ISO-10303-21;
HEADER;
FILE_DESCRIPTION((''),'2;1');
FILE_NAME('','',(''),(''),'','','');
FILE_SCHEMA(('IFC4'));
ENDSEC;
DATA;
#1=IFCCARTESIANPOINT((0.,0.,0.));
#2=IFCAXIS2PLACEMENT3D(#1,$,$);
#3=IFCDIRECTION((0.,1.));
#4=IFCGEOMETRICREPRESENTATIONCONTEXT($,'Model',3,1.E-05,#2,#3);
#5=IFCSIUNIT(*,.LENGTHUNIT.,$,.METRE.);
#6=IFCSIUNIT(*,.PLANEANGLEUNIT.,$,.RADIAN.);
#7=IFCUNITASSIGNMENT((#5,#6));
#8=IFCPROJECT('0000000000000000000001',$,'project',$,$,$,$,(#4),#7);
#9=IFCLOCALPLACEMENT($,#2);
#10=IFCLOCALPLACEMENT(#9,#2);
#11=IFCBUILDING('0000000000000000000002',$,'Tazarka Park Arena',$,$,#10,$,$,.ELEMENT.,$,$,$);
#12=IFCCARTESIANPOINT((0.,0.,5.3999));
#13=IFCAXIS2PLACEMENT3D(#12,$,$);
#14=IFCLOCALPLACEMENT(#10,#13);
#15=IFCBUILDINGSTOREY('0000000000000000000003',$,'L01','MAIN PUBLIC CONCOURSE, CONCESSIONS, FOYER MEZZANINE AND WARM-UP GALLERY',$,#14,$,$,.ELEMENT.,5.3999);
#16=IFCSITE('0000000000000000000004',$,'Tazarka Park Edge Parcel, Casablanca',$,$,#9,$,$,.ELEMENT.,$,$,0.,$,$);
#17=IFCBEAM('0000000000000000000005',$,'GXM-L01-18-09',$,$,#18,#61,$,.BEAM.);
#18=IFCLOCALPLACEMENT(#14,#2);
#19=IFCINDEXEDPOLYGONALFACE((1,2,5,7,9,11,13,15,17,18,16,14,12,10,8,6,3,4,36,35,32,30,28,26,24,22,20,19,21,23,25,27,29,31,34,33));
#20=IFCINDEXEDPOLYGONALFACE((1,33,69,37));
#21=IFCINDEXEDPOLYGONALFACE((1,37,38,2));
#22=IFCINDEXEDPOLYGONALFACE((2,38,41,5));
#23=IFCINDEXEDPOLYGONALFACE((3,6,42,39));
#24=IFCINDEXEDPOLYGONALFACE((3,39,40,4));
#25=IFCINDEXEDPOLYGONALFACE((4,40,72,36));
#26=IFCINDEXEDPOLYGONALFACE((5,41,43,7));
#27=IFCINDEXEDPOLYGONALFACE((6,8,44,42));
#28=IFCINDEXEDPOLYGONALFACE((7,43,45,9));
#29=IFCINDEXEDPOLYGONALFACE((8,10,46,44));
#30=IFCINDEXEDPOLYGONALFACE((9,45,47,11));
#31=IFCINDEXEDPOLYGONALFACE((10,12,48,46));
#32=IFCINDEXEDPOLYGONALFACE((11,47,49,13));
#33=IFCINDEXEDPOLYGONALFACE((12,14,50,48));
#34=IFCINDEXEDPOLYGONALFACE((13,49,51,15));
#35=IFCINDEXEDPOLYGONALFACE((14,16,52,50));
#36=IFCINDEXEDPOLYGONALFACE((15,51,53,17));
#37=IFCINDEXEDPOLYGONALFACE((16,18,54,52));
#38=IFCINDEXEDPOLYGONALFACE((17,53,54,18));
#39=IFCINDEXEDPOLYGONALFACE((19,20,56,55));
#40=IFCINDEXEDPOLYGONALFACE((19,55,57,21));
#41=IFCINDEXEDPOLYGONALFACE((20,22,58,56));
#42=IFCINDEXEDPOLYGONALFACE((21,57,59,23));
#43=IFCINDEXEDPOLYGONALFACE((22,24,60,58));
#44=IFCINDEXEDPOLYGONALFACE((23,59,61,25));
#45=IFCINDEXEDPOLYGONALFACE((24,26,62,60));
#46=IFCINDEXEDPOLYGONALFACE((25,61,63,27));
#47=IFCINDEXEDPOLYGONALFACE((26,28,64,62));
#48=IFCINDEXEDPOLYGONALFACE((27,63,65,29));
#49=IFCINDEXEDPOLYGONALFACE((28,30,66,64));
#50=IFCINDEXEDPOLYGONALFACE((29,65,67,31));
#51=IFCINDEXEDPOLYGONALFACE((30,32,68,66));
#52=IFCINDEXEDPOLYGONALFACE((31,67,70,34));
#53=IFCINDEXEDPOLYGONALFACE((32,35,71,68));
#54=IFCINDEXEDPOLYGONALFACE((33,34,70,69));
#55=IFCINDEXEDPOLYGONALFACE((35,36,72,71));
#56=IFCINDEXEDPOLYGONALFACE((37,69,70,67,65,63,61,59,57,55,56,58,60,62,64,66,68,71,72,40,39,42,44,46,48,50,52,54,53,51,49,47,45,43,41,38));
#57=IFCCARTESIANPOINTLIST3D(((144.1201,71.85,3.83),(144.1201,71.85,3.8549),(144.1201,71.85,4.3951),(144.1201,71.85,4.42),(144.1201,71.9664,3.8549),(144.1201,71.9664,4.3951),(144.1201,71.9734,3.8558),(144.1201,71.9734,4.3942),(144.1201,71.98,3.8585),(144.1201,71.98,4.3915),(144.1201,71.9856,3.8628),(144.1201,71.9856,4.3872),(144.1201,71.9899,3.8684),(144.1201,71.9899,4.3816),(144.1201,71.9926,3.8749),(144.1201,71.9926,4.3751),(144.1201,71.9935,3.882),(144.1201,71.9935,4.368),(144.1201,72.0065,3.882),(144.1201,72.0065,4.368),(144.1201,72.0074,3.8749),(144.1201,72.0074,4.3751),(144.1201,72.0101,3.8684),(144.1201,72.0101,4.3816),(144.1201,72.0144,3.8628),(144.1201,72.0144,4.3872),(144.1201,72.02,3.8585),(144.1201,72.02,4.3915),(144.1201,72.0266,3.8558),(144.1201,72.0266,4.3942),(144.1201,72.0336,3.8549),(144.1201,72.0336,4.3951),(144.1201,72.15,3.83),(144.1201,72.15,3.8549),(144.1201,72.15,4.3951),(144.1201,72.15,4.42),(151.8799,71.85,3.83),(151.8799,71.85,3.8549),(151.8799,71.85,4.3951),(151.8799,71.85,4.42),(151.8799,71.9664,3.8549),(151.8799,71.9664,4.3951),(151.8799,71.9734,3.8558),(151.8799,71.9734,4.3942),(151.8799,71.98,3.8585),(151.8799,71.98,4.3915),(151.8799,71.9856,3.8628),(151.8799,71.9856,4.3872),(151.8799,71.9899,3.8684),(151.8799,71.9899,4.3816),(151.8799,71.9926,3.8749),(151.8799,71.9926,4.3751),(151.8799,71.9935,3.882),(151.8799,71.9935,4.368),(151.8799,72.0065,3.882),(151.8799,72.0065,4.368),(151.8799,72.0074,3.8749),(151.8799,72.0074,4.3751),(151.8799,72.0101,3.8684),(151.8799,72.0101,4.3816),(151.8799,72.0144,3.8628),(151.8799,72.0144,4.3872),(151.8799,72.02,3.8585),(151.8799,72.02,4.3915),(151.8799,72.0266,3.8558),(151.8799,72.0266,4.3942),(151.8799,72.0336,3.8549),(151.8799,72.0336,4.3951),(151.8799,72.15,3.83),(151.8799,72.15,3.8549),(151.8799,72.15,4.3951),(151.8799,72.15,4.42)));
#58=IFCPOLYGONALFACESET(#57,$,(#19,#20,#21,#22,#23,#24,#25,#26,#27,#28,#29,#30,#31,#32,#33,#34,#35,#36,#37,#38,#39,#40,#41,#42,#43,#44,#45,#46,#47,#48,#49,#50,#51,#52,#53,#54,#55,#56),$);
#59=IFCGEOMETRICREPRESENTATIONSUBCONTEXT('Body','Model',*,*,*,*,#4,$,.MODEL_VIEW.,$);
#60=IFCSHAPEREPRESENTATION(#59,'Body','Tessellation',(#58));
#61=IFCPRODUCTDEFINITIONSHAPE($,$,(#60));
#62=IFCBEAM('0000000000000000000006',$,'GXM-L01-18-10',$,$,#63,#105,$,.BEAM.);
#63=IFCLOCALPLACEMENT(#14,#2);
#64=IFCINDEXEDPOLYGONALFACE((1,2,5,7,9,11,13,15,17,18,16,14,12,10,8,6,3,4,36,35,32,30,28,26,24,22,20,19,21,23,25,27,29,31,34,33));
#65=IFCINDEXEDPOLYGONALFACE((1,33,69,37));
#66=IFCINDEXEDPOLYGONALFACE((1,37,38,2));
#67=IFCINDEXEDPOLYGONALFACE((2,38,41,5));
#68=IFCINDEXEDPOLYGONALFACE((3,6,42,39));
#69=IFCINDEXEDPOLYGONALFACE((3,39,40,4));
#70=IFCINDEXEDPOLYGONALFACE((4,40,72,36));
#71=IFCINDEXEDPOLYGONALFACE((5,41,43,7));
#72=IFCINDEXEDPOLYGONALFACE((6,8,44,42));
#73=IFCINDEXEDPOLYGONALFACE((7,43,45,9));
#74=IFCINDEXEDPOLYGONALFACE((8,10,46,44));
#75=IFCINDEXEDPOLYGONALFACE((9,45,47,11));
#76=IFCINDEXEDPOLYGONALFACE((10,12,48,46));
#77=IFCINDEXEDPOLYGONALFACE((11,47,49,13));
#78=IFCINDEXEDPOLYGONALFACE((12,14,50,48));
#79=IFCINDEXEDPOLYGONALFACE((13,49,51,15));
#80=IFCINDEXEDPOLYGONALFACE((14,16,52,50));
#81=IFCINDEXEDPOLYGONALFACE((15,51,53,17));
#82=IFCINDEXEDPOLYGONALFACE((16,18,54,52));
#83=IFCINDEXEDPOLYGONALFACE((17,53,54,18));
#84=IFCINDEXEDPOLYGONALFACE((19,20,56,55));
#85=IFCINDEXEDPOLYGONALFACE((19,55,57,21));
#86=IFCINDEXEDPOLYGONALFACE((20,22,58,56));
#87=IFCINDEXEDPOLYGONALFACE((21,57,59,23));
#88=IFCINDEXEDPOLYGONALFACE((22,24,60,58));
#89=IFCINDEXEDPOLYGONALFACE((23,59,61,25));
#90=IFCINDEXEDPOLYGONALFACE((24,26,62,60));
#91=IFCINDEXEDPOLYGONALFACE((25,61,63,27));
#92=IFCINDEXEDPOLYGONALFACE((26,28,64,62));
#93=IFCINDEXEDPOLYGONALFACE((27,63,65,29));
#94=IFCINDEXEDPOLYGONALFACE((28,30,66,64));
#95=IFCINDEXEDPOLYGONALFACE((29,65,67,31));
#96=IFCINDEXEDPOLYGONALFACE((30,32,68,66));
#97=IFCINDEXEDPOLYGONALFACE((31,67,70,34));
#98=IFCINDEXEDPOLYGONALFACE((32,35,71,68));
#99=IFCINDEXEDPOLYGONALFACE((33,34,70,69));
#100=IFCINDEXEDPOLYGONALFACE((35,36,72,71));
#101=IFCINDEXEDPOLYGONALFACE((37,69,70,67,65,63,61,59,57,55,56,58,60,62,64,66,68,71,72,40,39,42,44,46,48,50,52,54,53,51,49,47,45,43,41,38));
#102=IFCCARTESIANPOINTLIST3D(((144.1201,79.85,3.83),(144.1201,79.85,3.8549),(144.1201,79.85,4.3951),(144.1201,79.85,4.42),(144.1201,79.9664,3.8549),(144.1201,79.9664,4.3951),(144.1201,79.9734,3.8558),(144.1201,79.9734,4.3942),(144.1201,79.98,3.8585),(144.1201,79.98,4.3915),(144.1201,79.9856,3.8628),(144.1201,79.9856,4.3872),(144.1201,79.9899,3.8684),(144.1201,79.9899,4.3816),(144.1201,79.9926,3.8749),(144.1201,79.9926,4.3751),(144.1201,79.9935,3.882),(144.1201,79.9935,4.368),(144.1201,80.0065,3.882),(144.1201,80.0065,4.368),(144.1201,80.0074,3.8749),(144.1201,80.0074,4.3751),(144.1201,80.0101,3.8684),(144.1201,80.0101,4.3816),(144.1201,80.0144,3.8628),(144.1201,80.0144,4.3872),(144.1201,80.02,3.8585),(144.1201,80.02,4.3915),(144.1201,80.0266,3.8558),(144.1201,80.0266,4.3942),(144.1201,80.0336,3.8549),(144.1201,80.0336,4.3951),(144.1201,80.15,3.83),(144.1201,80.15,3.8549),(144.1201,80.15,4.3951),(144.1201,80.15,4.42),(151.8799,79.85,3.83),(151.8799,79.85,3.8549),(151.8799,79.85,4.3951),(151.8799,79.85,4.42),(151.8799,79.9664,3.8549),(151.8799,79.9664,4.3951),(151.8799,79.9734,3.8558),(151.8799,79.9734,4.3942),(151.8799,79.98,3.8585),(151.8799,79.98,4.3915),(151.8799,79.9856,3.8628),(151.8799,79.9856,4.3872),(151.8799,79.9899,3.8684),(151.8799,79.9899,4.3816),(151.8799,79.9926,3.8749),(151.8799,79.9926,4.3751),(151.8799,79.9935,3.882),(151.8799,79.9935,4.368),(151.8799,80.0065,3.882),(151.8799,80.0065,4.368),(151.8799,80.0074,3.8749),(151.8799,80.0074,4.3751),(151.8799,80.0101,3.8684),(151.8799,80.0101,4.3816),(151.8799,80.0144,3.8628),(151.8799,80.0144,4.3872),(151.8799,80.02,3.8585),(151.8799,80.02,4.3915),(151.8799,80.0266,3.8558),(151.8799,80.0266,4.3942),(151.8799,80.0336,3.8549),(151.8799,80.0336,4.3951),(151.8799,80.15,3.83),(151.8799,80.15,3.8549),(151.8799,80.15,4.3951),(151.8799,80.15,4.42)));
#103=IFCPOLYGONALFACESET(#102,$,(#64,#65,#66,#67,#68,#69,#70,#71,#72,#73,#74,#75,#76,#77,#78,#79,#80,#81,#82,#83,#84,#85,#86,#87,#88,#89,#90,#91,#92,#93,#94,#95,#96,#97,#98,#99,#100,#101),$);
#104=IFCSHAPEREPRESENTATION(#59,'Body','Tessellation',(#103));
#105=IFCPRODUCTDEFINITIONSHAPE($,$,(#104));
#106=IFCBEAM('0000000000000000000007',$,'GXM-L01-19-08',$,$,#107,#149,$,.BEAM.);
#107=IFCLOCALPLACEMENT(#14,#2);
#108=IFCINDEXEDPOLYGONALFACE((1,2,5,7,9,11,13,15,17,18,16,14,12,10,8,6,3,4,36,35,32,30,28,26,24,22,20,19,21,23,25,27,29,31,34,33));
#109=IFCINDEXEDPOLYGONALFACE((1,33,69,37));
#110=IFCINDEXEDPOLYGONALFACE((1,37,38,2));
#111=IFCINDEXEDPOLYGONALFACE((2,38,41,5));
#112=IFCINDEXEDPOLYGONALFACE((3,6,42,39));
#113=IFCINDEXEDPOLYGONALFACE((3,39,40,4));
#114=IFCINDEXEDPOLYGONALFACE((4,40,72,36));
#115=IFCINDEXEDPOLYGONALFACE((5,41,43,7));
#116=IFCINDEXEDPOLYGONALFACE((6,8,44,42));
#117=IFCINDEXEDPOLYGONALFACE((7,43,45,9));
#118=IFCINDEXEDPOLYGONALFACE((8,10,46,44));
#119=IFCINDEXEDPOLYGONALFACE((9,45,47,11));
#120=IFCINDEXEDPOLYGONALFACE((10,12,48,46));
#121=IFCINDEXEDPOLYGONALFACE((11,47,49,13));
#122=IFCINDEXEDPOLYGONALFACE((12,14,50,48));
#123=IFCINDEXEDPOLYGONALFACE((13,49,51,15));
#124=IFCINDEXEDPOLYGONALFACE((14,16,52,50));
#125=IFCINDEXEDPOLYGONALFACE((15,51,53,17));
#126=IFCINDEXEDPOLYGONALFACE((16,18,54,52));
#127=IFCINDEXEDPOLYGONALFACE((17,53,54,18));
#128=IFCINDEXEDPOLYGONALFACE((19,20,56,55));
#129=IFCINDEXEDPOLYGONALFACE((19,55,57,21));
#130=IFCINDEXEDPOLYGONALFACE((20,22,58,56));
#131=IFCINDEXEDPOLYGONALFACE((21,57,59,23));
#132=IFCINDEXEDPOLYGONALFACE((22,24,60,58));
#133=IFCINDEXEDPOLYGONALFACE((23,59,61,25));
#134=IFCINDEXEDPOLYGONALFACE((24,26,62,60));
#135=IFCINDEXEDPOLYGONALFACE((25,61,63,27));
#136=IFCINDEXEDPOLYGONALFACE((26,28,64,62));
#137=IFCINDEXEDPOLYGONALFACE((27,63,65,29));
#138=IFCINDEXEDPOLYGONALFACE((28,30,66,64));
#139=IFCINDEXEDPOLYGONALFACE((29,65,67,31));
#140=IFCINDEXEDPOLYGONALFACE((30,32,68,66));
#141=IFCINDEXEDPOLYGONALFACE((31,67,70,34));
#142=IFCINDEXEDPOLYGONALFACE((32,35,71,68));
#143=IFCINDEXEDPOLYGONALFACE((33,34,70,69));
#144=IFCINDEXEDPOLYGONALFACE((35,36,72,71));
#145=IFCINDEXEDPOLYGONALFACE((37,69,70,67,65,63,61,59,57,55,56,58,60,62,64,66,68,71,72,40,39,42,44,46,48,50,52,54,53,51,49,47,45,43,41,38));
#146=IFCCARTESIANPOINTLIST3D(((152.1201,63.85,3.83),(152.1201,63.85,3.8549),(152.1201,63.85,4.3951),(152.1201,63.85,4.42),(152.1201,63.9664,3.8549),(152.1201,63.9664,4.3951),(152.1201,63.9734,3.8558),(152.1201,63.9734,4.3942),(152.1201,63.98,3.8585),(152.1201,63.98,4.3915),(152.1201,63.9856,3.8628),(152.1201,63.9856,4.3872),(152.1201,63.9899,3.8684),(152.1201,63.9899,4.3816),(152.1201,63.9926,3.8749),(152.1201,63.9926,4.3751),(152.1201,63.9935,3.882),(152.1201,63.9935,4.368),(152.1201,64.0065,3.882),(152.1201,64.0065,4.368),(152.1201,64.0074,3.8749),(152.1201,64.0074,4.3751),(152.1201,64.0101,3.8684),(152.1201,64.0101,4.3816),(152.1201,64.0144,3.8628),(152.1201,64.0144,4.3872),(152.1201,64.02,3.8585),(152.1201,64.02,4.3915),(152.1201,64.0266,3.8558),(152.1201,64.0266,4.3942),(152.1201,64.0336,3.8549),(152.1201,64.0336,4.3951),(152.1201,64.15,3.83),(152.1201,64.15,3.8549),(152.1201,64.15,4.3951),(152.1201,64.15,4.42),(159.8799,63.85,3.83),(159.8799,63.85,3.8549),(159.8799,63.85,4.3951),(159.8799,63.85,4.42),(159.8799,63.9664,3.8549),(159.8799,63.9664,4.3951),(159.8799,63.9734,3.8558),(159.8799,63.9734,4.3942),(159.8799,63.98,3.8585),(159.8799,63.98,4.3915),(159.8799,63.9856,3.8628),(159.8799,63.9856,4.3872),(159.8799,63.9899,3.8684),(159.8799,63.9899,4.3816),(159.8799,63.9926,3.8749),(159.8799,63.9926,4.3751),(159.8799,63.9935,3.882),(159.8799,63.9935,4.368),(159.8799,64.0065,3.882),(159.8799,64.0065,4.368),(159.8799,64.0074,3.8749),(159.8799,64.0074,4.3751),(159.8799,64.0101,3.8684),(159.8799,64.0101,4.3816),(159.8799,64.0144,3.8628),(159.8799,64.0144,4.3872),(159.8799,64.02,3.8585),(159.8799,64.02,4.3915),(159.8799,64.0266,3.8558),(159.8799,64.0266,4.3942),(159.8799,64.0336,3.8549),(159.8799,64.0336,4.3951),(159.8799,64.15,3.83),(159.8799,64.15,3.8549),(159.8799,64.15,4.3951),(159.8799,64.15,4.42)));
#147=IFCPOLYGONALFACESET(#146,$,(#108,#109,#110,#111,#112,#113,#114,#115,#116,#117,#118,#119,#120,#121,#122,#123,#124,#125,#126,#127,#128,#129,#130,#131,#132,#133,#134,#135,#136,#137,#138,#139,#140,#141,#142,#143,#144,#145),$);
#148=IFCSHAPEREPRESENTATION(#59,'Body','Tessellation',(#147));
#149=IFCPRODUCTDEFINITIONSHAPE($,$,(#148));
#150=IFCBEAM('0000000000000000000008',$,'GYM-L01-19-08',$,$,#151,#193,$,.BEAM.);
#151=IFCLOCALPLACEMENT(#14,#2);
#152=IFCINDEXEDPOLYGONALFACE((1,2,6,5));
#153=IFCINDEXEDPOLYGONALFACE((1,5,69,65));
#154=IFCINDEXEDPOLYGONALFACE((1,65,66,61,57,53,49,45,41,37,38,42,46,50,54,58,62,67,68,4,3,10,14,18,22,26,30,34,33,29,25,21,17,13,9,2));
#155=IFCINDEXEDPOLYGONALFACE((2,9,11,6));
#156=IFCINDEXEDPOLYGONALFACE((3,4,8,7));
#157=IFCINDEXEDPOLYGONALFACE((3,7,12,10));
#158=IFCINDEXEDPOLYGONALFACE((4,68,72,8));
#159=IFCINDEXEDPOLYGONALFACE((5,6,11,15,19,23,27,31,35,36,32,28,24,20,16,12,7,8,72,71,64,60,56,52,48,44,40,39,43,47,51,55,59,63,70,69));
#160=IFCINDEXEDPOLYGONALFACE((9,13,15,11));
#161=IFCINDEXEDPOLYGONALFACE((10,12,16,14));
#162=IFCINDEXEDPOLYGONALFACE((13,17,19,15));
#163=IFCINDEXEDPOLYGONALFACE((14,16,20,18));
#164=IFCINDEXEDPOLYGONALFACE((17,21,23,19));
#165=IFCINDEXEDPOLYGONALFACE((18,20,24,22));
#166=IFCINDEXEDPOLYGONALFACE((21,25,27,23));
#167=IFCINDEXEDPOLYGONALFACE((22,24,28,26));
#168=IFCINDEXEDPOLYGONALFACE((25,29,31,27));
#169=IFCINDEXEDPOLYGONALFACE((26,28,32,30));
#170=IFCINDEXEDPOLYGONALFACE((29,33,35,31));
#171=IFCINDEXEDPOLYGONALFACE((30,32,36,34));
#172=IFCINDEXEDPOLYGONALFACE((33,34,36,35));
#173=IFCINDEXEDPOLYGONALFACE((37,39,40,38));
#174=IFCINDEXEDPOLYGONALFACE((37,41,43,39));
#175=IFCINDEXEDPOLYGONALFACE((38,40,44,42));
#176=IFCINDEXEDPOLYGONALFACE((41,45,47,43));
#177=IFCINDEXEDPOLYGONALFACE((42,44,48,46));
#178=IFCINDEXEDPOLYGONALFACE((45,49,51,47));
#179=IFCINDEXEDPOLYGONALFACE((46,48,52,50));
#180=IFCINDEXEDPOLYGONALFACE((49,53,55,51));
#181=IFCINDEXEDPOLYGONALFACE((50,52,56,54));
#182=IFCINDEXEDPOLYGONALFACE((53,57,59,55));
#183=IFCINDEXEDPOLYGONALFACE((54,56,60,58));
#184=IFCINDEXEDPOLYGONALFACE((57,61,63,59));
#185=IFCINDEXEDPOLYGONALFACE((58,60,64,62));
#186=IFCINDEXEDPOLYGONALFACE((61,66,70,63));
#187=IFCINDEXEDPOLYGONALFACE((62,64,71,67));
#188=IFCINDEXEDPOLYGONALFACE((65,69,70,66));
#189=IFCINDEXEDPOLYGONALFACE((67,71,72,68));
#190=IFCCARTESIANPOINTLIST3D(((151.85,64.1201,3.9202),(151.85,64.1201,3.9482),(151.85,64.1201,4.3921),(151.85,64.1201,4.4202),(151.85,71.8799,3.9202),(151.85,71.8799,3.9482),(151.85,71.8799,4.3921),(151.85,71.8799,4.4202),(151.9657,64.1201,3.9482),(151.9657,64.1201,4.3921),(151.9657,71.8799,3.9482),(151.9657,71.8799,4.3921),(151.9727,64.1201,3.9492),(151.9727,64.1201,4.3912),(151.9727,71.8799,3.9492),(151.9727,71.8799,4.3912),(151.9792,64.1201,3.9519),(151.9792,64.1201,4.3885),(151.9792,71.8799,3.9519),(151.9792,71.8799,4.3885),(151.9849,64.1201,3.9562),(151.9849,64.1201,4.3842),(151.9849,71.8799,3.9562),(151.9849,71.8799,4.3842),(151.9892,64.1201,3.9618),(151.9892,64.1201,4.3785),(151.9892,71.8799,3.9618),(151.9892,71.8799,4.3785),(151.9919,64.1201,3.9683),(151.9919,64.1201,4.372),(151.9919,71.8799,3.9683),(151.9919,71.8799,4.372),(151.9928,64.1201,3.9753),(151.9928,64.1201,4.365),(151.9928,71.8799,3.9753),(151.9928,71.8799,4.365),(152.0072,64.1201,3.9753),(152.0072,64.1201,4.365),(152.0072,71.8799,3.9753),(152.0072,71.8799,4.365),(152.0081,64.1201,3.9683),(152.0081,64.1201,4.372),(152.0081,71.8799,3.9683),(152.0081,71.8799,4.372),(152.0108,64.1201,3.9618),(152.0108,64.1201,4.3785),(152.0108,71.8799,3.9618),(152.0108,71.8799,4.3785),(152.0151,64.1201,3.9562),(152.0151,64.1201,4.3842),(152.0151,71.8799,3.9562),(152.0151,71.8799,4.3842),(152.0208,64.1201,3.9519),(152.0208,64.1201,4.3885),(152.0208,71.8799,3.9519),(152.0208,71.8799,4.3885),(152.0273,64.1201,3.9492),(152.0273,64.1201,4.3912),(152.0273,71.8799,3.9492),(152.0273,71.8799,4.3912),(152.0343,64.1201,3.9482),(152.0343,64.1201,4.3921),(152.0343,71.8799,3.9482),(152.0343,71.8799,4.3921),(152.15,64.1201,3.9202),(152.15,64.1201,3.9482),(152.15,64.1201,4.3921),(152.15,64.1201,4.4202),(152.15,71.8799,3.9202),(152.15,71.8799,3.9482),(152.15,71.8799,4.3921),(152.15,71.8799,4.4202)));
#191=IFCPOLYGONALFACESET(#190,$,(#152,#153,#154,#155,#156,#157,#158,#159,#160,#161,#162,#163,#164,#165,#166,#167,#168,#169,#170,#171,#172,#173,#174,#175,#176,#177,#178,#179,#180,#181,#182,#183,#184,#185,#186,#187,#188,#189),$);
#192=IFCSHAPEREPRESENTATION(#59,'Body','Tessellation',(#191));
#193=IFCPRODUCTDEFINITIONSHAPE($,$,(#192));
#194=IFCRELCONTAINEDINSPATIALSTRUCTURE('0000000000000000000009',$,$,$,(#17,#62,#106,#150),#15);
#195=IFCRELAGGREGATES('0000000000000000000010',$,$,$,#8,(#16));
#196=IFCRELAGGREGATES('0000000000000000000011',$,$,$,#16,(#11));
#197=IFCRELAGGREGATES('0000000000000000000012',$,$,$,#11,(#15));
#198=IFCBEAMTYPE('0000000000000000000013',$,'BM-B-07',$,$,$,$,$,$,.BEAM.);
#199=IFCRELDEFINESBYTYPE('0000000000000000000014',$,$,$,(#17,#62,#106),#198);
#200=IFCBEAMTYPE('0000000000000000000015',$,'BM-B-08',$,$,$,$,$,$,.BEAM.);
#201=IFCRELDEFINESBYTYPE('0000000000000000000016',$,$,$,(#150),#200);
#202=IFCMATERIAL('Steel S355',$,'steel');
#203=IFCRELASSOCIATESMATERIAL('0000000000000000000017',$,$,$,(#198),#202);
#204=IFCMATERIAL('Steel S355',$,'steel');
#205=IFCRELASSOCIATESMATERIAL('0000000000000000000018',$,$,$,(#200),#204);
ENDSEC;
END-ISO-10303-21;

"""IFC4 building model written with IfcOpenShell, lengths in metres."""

from ifc_helpers import new_model, si_unit, direction, frame, origin, origin_2d, place, context, subcontext, project, spatial, i_section, extrude, material, material_profile, profile_set, type_object, element, save


model = new_model("IFC4")

# Units and contexts
model_context = context("Model", 3, precision=1e-05, world=origin(), true_north=direction((0.0, 1.0)))
body_context = subcontext(model_context, "Body", "Model", "MODEL_VIEW")
ifc_project = project(units=[si_unit("LENGTHUNIT", "METRE"), si_unit("PLANEANGLEUNIT", "RADIAN")], contexts=[model_context])

# Site, building, storey
site_placement = place(None, origin())
site = spatial("IfcSite", under=ifc_project, at=site_placement, Name="Tazarka Park Edge Parcel, Casablanca", CompositionType="ELEMENT", RefElevation=0.0)
building_placement = place(site_placement, origin())
building = spatial("IfcBuilding", under=site, at=building_placement, Name="Tazarka Park Arena", CompositionType="ELEMENT")
storey_placement = place(building_placement, frame((0.0, 0.0, 5.3999)))
storey = spatial("IfcBuildingStorey", under=building, at=storey_placement, Name="L01", Description="MAIN PUBLIC CONCOURSE, CONCESSIONS, FOYER MEZZANINE AND WARM-UP GALLERY", CompositionType="ELEMENT", Elevation=5.3999)

# Beams
ifc_material_1 = material(Name="Steel S355", Category="steel")
ifc_material_profile_1 = material_profile(ifc_material_1, i_section(OverallWidth=0.3, OverallDepth=0.5901, WebThickness=0.0129, FlangeThickness=0.0249, FilletRadius=0.0271, at=origin_2d()), Name="Steel S355")
ifc_profile_set_1 = profile_set([ifc_material_profile_1], Name="Steel S355")
beam_type_1 = type_object("IfcBeamType", Name="BM-B-07", PredefinedType="BEAM", material=ifc_profile_set_1)
for number, where, z_axis, x_axis, name in (
    (1, (144.1201, 72.0, 4.125), (1.0, 0.0, 0.0), (0.0, 1.0, 0.0), "GXM-L01-18-09"),
    (2, (144.1201, 80.0, 4.125), (1.0, 0.0, 0.0), (0.0, 1.0, 0.0), "GXM-L01-18-10"),
    (3, (152.1201, 64.0, 4.125), (1.0, 0.0, 0.0), (0.0, 1.0, 0.0), "GXM-L01-19-08"),
):
    element("IfcBeam", number, at=place(storey_placement, frame(where, z_axis=z_axis, x_axis=x_axis)), inside=storey, type_object=beam_type_1, Name=name, PredefinedType="BEAM", context=body_context, shape_type="SweptSolid", body=[
        extrude(i_section(OverallWidth=0.3, OverallDepth=0.5901, WebThickness=0.0129, FlangeThickness=0.0249, FilletRadius=0.0271, at=origin_2d()), origin(), (0.0, 0.0, 1.0), 7.7598),
    ])
ifc_material_2 = material(Name="Steel S355", Category="steel")
ifc_material_profile_2 = material_profile(ifc_material_2, i_section(OverallWidth=0.3, OverallDepth=0.5, WebThickness=0.0144, FlangeThickness=0.0281, FilletRadius=0.0271, at=origin_2d()), Name="Steel S355")
ifc_profile_set_2 = profile_set([ifc_material_profile_2], Name="Steel S355")
beam_type_2 = type_object("IfcBeamType", Name="BM-B-08", PredefinedType="BEAM", material=ifc_profile_set_2)
beam_1_placement = place(storey_placement, frame((152.0, 64.1201, 4.1702), z_axis=(0.0, 1.0, 0.0), x_axis=(-1.0, 0.0, 0.0)))
element("IfcBeam", 4, at=beam_1_placement, inside=storey, type_object=beam_type_2, Name="GYM-L01-19-08", PredefinedType="BEAM", context=body_context, shape_type="SweptSolid", body=[
    extrude(i_section(OverallWidth=0.3, OverallDepth=0.5, WebThickness=0.0144, FlangeThickness=0.0281, FilletRadius=0.0271, at=origin_2d()), origin(), (0.0, 0.0, 1.0), 7.7598),
])

save(model, "model.ifc")
